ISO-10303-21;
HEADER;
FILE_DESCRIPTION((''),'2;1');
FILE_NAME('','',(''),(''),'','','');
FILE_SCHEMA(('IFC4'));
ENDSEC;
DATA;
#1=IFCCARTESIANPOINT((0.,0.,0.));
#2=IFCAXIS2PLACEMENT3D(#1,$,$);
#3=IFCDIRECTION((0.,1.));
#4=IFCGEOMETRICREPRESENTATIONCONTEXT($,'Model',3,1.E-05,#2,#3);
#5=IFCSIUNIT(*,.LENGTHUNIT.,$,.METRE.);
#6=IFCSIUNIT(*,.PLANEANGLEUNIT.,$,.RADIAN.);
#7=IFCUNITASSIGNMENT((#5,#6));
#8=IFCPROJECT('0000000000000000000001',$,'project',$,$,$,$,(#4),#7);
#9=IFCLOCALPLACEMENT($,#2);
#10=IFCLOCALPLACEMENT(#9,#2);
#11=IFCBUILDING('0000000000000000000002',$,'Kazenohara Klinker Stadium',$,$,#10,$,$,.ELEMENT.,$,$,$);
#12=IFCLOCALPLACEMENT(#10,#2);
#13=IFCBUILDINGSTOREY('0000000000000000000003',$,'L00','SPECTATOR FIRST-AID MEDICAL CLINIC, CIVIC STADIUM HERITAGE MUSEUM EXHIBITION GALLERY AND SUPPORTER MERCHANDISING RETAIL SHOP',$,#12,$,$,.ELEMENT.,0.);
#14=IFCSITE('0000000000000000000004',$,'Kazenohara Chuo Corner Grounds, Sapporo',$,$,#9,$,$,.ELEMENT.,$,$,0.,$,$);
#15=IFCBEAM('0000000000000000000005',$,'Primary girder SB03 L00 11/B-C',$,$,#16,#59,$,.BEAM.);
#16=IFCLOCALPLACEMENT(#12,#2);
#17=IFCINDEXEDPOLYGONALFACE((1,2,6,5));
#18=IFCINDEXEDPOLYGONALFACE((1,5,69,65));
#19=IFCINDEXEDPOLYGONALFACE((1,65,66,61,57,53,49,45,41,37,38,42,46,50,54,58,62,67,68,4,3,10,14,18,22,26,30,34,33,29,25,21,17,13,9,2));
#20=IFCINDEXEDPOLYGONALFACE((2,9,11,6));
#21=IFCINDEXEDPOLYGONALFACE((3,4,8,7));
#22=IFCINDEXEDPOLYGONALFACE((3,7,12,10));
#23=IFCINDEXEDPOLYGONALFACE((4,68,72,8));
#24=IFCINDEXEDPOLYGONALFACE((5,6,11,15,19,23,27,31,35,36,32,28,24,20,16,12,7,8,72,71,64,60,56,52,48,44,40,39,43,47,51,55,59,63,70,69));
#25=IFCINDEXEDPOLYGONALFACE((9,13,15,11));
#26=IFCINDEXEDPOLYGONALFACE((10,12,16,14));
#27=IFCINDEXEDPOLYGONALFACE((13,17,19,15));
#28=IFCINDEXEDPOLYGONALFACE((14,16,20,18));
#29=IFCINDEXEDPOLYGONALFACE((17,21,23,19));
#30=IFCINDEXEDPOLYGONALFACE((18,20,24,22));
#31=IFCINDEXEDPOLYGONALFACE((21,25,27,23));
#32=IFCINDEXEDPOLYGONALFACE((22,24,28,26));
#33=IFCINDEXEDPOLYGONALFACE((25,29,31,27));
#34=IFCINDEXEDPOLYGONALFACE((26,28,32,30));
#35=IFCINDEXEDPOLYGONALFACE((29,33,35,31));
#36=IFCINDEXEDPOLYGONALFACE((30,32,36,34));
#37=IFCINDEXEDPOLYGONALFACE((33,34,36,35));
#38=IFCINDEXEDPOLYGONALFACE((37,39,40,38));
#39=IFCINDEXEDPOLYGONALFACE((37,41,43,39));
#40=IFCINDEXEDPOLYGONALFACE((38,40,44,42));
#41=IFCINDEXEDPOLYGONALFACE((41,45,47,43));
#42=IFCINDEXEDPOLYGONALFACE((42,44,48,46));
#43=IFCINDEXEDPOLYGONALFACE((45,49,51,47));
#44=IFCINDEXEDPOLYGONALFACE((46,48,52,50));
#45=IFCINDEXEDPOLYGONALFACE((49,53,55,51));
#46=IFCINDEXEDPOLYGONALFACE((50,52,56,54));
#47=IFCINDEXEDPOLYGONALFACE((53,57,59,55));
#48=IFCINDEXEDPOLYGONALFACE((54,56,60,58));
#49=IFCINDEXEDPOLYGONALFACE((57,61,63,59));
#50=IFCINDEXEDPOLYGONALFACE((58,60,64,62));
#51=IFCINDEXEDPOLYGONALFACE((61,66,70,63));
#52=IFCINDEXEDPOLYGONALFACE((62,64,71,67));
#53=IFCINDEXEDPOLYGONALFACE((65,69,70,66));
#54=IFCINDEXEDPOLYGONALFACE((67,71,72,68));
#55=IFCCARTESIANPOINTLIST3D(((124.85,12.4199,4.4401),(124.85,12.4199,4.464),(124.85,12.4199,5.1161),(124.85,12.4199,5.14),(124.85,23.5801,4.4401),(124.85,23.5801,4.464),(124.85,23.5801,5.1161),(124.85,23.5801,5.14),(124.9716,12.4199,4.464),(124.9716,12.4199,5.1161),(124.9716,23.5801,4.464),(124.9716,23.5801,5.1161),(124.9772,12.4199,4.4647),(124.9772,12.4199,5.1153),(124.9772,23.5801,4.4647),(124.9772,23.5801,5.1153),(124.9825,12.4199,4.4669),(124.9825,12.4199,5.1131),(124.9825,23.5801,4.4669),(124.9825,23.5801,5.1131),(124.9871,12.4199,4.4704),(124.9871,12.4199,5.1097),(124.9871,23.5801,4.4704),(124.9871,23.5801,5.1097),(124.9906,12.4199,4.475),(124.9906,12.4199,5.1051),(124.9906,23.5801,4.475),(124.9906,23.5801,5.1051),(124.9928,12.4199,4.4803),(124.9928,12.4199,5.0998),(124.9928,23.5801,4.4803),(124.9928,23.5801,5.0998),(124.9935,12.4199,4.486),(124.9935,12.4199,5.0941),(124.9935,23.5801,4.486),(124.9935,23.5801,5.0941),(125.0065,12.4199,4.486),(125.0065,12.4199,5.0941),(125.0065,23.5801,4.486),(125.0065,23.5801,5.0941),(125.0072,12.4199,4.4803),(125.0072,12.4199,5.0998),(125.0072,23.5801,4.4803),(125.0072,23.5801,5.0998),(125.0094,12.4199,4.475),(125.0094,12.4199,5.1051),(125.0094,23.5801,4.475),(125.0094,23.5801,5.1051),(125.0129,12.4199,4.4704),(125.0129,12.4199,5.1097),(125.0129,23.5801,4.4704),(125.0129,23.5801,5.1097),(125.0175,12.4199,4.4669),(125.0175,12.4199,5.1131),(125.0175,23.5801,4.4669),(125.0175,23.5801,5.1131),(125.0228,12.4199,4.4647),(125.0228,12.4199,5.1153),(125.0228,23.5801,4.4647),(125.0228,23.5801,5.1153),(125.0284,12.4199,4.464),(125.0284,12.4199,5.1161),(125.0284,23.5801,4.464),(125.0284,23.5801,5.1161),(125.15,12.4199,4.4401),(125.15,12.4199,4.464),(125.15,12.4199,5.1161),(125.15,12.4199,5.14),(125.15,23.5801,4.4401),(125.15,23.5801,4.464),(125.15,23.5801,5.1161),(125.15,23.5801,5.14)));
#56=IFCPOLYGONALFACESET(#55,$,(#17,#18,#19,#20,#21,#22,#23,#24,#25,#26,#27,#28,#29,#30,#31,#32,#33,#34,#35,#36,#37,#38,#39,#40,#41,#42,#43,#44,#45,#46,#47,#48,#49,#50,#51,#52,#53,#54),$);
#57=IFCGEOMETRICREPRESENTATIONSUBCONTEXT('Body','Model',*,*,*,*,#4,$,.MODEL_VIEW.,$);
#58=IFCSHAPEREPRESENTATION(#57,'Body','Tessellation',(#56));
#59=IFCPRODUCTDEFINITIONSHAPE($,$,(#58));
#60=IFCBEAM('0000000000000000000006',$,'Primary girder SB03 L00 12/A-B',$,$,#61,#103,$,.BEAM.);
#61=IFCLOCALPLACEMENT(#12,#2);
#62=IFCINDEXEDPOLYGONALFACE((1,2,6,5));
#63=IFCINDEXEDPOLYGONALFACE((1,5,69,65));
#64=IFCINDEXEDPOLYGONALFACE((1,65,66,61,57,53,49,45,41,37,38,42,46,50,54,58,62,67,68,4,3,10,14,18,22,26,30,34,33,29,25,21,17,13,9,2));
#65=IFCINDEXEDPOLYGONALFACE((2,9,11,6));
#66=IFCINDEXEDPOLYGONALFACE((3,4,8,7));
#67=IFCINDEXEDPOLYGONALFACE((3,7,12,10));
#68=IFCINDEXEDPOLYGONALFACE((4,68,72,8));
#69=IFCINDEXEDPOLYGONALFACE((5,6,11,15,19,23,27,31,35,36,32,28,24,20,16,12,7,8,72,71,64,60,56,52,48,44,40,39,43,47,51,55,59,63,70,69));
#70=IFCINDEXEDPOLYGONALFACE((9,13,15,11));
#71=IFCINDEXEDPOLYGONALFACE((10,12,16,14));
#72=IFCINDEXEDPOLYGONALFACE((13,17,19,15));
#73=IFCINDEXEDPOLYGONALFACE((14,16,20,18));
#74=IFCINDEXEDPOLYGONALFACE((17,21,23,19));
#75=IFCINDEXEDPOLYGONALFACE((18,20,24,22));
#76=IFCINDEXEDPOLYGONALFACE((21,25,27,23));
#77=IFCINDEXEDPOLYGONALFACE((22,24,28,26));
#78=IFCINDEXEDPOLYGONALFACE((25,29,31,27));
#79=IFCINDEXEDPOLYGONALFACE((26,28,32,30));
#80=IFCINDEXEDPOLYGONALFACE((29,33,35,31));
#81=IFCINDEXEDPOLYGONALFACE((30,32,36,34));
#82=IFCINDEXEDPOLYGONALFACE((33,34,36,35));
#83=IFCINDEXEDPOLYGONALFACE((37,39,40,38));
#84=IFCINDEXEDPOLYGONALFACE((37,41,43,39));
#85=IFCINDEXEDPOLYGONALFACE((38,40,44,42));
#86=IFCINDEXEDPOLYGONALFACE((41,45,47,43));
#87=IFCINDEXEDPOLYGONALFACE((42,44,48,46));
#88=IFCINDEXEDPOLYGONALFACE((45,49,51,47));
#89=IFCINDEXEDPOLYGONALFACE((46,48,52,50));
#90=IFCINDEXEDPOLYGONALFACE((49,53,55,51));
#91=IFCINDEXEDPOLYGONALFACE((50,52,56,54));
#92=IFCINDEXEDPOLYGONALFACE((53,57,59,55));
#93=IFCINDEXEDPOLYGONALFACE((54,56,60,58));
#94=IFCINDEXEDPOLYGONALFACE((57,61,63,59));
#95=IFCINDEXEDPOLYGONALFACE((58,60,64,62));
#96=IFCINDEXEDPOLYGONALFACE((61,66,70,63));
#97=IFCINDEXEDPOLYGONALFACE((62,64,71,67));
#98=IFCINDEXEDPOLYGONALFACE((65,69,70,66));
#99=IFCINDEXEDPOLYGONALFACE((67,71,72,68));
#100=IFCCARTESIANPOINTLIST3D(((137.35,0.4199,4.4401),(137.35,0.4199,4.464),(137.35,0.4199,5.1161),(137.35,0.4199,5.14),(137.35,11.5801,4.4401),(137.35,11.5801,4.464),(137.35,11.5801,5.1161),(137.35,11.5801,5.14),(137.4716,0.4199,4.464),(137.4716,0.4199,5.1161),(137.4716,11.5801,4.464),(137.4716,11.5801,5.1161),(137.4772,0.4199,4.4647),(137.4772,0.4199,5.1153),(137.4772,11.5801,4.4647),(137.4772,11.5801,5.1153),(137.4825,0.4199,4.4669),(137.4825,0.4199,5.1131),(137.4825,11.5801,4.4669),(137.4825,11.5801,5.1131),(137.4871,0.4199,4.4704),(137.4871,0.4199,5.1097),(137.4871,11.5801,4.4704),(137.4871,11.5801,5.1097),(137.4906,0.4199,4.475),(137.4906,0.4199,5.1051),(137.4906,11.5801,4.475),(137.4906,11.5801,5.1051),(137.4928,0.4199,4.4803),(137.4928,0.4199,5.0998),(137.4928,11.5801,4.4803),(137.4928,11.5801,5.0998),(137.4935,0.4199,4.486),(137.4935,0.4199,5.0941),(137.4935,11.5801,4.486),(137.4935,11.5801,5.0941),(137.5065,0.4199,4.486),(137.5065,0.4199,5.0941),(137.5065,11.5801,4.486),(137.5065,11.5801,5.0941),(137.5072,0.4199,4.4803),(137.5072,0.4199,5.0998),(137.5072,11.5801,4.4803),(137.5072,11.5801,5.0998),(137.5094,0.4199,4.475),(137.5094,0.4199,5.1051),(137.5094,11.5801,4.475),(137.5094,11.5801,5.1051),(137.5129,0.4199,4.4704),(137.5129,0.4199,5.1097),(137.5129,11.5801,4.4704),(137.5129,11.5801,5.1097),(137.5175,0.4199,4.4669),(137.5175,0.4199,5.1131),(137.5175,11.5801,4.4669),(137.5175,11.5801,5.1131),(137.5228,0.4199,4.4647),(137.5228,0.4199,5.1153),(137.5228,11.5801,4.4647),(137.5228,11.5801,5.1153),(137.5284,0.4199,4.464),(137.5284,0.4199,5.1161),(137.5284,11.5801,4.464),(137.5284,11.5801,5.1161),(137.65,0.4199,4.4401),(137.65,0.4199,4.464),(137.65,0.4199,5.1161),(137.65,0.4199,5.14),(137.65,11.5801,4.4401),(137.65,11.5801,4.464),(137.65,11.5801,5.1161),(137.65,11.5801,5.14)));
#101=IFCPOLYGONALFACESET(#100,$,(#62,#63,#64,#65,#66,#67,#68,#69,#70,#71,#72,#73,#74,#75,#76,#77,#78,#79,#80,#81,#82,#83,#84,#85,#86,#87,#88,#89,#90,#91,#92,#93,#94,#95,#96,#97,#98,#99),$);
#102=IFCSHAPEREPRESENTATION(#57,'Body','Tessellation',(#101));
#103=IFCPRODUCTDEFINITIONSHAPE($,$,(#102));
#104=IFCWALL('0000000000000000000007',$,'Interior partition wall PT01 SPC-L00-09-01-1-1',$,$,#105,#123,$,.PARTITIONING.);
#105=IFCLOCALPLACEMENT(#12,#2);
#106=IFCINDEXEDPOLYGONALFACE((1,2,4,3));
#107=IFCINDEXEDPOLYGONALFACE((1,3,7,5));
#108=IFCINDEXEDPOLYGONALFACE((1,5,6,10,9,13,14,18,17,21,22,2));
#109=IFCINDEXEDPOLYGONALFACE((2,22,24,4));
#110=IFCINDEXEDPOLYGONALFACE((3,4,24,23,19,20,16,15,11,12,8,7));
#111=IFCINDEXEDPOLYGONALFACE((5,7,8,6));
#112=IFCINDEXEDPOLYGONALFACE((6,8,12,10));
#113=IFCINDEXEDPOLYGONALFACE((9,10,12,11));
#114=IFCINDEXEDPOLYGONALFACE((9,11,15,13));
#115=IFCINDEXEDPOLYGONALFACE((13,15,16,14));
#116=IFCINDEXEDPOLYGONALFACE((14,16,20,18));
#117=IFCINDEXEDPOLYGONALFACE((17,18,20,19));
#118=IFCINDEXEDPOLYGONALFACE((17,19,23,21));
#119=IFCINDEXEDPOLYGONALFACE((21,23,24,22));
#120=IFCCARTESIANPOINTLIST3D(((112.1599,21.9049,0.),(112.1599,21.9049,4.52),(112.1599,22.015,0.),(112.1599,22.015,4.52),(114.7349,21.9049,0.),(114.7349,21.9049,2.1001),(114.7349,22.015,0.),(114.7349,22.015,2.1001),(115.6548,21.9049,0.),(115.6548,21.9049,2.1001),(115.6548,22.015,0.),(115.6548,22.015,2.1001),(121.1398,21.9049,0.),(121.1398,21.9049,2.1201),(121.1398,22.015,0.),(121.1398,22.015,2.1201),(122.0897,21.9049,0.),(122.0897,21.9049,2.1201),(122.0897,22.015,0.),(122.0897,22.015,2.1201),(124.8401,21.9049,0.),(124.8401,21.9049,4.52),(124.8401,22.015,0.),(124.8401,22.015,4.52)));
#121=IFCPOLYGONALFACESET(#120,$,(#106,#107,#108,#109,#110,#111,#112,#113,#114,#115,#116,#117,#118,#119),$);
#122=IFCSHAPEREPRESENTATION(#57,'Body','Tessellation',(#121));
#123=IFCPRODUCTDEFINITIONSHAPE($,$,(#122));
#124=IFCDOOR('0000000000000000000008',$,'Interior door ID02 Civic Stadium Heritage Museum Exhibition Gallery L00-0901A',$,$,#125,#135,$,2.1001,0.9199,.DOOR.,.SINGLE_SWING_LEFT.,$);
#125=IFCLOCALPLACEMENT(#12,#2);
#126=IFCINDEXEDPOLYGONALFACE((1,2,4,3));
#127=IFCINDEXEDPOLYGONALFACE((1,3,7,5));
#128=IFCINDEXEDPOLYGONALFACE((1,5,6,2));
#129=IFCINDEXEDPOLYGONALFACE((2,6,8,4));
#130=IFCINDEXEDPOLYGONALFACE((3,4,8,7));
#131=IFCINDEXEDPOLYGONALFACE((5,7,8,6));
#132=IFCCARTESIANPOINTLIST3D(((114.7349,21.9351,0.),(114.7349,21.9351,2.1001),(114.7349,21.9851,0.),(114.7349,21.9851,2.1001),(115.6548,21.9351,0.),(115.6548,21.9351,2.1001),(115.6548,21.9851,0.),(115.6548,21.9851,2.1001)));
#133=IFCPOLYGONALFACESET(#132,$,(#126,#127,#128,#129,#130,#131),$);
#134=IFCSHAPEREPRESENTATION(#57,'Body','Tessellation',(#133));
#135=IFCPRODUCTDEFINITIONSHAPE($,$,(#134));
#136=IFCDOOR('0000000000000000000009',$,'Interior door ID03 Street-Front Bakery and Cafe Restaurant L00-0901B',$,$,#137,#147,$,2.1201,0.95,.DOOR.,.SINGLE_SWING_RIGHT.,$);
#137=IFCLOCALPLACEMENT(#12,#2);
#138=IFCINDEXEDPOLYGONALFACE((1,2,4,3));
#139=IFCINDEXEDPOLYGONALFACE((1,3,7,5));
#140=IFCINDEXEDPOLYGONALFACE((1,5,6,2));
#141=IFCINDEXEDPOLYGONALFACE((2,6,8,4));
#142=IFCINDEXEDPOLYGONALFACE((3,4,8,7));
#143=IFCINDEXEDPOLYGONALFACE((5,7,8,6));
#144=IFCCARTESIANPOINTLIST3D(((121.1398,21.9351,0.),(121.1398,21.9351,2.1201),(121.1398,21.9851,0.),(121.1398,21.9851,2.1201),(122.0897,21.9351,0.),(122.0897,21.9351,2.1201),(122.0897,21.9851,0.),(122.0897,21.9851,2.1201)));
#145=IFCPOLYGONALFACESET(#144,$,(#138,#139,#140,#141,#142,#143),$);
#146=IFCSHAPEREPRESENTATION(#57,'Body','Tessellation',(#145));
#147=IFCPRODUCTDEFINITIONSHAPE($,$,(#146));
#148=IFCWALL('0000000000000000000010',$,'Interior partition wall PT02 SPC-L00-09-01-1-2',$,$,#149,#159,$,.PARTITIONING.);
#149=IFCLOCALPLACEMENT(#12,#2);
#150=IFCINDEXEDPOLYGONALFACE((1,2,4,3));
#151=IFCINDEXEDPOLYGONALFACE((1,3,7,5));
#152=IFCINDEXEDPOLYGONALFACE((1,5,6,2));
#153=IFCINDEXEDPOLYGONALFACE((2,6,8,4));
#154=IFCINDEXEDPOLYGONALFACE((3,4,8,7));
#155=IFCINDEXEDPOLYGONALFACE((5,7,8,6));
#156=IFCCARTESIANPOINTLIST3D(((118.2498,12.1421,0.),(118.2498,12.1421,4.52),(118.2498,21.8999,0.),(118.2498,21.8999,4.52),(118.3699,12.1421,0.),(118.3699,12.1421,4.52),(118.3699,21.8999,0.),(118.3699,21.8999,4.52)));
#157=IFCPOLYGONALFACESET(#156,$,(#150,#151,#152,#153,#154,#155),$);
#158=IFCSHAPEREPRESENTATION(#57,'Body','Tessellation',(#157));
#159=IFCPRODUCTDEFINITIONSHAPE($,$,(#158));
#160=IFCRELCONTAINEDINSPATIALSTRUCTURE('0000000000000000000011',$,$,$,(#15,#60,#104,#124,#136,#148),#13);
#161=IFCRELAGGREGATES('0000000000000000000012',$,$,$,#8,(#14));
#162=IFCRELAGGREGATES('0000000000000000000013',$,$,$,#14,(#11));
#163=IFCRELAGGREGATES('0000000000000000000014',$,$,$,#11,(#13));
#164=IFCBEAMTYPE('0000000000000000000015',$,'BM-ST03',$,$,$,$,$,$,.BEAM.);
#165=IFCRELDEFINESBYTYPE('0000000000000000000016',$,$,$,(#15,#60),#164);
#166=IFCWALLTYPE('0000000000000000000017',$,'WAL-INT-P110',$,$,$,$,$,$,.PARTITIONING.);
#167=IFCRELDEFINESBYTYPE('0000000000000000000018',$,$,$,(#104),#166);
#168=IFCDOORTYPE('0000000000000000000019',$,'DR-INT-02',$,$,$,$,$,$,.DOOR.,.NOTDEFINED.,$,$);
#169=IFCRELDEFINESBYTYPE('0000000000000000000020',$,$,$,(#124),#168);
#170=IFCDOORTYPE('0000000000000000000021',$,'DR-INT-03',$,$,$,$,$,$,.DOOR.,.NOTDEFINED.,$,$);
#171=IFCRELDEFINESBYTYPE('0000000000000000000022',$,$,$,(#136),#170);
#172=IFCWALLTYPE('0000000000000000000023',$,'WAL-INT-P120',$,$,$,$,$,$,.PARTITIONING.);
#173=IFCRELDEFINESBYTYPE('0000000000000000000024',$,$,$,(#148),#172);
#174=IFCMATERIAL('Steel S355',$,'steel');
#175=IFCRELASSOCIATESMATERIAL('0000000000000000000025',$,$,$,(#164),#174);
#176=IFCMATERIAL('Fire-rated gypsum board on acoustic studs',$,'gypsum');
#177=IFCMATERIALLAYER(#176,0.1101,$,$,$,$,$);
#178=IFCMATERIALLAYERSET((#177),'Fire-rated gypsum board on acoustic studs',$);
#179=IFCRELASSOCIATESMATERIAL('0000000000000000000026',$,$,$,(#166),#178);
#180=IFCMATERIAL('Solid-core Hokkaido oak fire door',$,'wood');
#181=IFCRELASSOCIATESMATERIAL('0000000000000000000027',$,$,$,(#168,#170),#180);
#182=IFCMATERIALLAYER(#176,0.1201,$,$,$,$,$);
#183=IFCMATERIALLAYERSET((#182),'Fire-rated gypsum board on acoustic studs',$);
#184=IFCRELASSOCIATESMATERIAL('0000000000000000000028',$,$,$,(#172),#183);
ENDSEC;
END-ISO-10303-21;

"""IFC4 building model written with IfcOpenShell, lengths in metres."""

from ifc_helpers import new_model, si_unit, direction, frame, frame_2d, origin, origin_2d, place, context, subcontext, project, spatial, rectangle, i_section, extrude, material, layer, layer_set, material_profile, profile_set, type_object, element, fill, save


model = new_model("IFC4")

# Units and contexts
model_context = context("Model", 3, precision=1e-05, world=origin(), true_north=direction((0.0, 1.0)))
body_context = subcontext(model_context, "Body", "Model", "MODEL_VIEW")
ifc_project = project(units=[si_unit("LENGTHUNIT", "METRE"), si_unit("PLANEANGLEUNIT", "RADIAN")], contexts=[model_context])

# Site, building, storey
site_placement = place(None, origin())
site = spatial("IfcSite", under=ifc_project, at=site_placement, Name="Kazenohara Chuo Corner Grounds, Sapporo", CompositionType="ELEMENT", RefElevation=0.0)
building_placement = place(site_placement, origin())
building = spatial("IfcBuilding", under=site, at=building_placement, Name="Kazenohara Klinker Stadium", CompositionType="ELEMENT")
storey_placement = place(building_placement, origin())
storey = spatial("IfcBuildingStorey", under=building, at=storey_placement, Name="L00", Description="SPECTATOR FIRST-AID MEDICAL CLINIC, CIVIC STADIUM HERITAGE MUSEUM EXHIBITION GALLERY AND SUPPORTER MERCHANDISING RETAIL SHOP", CompositionType="ELEMENT", Elevation=0.0)

# Beams
ifc_material_1 = material(Name="Steel S355", Category="steel")
ifc_material_profile_1 = material_profile(ifc_material_1, i_section(OverallWidth=0.3, OverallDepth=0.7, WebThickness=0.0129, FlangeThickness=0.0239, FilletRadius=0.022, at=origin_2d()), Name="H-700x300x13x24")
ifc_profile_set_1 = profile_set([ifc_material_profile_1], Name="Steel S355")
beam_type_1 = type_object("IfcBeamType", Name="BM-ST03", PredefinedType="BEAM", material=ifc_profile_set_1)
for number, where, z_axis, x_axis, name in (
    (1, (125.0, 12.4199, 4.79), (0.0, 1.0, 0.0), (-1.0, 0.0, 0.0), "Primary girder SB03 L00 11/B-C"),
    (2, (137.5, 0.4199, 4.79), (0.0, 1.0, 0.0), (-1.0, 0.0, 0.0), "Primary girder SB03 L00 12/A-B"),
):
    element("IfcBeam", number, at=place(storey_placement, frame(where, z_axis=z_axis, x_axis=x_axis)), inside=storey, type_object=beam_type_1, Name=name, PredefinedType="BEAM", context=body_context, shape_type="SweptSolid", body=[
        extrude(i_section(OverallWidth=0.3, OverallDepth=0.7, WebThickness=0.0129, FlangeThickness=0.0239, FilletRadius=0.022, at=origin_2d()), origin(), (0.0, 0.0, 1.0), 11.1602),
    ])

# Wall, openings, doors
ifc_material_2 = material(Name="Fire-rated gypsum board on acoustic studs", Category="gypsum")
ifc_layer_1 = layer(ifc_material_2, 0.1101)
ifc_layer_set_1 = layer_set([ifc_layer_1], Name="Fire-rated gypsum board on acoustic studs")
wall_type_1 = type_object("IfcWallType", Name="WAL-INT-P110", PredefinedType="PARTITIONING", material=ifc_layer_set_1)
wall_1_placement = place(storey_placement, frame((112.1599, 21.96, 0.0), z_axis=(0.0, 0.0, 1.0), x_axis=(1.0, 0.0, 0.0)))
wall_1 = element("IfcWall", 3, at=wall_1_placement, inside=storey, type_object=wall_type_1, Name="Interior partition wall PT01 SPC-L00-09-01-1-1", PredefinedType="PARTITIONING", context=body_context, shape_type="SweptSolid", body=[
    extrude(rectangle(XDim=12.6802, YDim=0.1101, at=frame_2d((6.3401, 0.0))), origin(), (0.0, 0.0, 1.0), 4.52),
])
opening_1_placement = place(wall_1_placement, frame((3.4949, 0.0, 0.0), z_axis=(0.0, 0.0, 1.0), x_axis=(-1.0, 0.0, 0.0)))
opening_1 = element("IfcOpeningElement", 4, at=opening_1_placement, cuts=wall_1, PredefinedType="OPENING", context=body_context, shape_type="SweptSolid", body=[
    extrude(rectangle(XDim=0.9199, YDim=2.1001, at=frame_2d((0.46, 1.05))), frame((0.0, 0.0649, 0.0), z_axis=(0.0, -1.0, 0.0), x_axis=(1.0, 0.0, 0.0)), (0.0, 0.0, 1.0), 0.1301),
])
opening_2_placement = place(wall_1_placement, frame((9.9299, 0.0, 0.0), z_axis=(0.0, 0.0, 1.0), x_axis=(-1.0, 0.0, 0.0)))
opening_2 = element("IfcOpeningElement", 5, at=opening_2_placement, cuts=wall_1, PredefinedType="OPENING", context=body_context, shape_type="SweptSolid", body=[
    extrude(rectangle(XDim=0.95, YDim=2.1201, at=frame_2d((0.4751, 1.0601))), frame((0.0, 0.0649, 0.0), z_axis=(0.0, -1.0, 0.0), x_axis=(1.0, 0.0, 0.0)), (0.0, 0.0, 1.0), 0.1301),
])
ifc_material_3 = material(Name="Solid-core Hokkaido oak fire door", Category="wood")
door_type_1 = type_object("IfcDoorType", Name="DR-INT-02", OperationType="NOTDEFINED", PredefinedType="DOOR", material=ifc_material_3)
door_1_placement = place(opening_1_placement, origin())
door_1 = element("IfcDoor", 6, at=door_1_placement, inside=storey, type_object=door_type_1, Name="Interior door ID02 Civic Stadium Heritage Museum Exhibition Gallery L00-0901A", OperationType="SINGLE_SWING_LEFT", OverallHeight=2.1001, OverallWidth=0.9199, PredefinedType="DOOR", context=body_context, shape_type="SweptSolid", body=[
    extrude(rectangle(XDim=0.9199, YDim=2.1001, at=frame_2d((0.46, 1.05))), frame((0.0, 0.0249, 0.0), z_axis=(0.0, -1.0, 0.0), x_axis=(1.0, 0.0, 0.0)), (0.0, 0.0, 1.0), 0.05),
])
fill(opening_1, door_1)
door_type_2 = type_object("IfcDoorType", Name="DR-INT-03", OperationType="NOTDEFINED", PredefinedType="DOOR", material=ifc_material_3)
door_2_placement = place(opening_2_placement, origin())
door_2 = element("IfcDoor", 7, at=door_2_placement, inside=storey, type_object=door_type_2, Name="Interior door ID03 Street-Front Bakery and Cafe Restaurant L00-0901B", OperationType="SINGLE_SWING_RIGHT", OverallHeight=2.1201, OverallWidth=0.95, PredefinedType="DOOR", context=body_context, shape_type="SweptSolid", body=[
    extrude(rectangle(XDim=0.95, YDim=2.1201, at=frame_2d((0.4751, 1.0601))), frame((0.0, 0.0249, 0.0), z_axis=(0.0, -1.0, 0.0), x_axis=(1.0, 0.0, 0.0)), (0.0, 0.0, 1.0), 0.05),
])
fill(opening_2, door_2)

# Wall
ifc_layer_2 = layer(ifc_material_2, 0.1201)
ifc_layer_set_2 = layer_set([ifc_layer_2], Name="Fire-rated gypsum board on acoustic studs")
wall_type_2 = type_object("IfcWallType", Name="WAL-INT-P120", PredefinedType="PARTITIONING", material=ifc_layer_set_2)
wall_2_placement = place(storey_placement, frame((118.3098, 12.1421, 0.0), z_axis=(0.0, 0.0, 1.0), x_axis=(0.0, 1.0, 0.0)))
element("IfcWall", 8, at=wall_2_placement, inside=storey, type_object=wall_type_2, Name="Interior partition wall PT02 SPC-L00-09-01-1-2", PredefinedType="PARTITIONING", context=body_context, shape_type="SweptSolid", body=[
    extrude(rectangle(XDim=9.7578, YDim=0.1201, at=frame_2d((4.8789, 0.0))), origin(), (0.0, 0.0, 1.0), 4.52),
])

save(model, "model.ifc")
